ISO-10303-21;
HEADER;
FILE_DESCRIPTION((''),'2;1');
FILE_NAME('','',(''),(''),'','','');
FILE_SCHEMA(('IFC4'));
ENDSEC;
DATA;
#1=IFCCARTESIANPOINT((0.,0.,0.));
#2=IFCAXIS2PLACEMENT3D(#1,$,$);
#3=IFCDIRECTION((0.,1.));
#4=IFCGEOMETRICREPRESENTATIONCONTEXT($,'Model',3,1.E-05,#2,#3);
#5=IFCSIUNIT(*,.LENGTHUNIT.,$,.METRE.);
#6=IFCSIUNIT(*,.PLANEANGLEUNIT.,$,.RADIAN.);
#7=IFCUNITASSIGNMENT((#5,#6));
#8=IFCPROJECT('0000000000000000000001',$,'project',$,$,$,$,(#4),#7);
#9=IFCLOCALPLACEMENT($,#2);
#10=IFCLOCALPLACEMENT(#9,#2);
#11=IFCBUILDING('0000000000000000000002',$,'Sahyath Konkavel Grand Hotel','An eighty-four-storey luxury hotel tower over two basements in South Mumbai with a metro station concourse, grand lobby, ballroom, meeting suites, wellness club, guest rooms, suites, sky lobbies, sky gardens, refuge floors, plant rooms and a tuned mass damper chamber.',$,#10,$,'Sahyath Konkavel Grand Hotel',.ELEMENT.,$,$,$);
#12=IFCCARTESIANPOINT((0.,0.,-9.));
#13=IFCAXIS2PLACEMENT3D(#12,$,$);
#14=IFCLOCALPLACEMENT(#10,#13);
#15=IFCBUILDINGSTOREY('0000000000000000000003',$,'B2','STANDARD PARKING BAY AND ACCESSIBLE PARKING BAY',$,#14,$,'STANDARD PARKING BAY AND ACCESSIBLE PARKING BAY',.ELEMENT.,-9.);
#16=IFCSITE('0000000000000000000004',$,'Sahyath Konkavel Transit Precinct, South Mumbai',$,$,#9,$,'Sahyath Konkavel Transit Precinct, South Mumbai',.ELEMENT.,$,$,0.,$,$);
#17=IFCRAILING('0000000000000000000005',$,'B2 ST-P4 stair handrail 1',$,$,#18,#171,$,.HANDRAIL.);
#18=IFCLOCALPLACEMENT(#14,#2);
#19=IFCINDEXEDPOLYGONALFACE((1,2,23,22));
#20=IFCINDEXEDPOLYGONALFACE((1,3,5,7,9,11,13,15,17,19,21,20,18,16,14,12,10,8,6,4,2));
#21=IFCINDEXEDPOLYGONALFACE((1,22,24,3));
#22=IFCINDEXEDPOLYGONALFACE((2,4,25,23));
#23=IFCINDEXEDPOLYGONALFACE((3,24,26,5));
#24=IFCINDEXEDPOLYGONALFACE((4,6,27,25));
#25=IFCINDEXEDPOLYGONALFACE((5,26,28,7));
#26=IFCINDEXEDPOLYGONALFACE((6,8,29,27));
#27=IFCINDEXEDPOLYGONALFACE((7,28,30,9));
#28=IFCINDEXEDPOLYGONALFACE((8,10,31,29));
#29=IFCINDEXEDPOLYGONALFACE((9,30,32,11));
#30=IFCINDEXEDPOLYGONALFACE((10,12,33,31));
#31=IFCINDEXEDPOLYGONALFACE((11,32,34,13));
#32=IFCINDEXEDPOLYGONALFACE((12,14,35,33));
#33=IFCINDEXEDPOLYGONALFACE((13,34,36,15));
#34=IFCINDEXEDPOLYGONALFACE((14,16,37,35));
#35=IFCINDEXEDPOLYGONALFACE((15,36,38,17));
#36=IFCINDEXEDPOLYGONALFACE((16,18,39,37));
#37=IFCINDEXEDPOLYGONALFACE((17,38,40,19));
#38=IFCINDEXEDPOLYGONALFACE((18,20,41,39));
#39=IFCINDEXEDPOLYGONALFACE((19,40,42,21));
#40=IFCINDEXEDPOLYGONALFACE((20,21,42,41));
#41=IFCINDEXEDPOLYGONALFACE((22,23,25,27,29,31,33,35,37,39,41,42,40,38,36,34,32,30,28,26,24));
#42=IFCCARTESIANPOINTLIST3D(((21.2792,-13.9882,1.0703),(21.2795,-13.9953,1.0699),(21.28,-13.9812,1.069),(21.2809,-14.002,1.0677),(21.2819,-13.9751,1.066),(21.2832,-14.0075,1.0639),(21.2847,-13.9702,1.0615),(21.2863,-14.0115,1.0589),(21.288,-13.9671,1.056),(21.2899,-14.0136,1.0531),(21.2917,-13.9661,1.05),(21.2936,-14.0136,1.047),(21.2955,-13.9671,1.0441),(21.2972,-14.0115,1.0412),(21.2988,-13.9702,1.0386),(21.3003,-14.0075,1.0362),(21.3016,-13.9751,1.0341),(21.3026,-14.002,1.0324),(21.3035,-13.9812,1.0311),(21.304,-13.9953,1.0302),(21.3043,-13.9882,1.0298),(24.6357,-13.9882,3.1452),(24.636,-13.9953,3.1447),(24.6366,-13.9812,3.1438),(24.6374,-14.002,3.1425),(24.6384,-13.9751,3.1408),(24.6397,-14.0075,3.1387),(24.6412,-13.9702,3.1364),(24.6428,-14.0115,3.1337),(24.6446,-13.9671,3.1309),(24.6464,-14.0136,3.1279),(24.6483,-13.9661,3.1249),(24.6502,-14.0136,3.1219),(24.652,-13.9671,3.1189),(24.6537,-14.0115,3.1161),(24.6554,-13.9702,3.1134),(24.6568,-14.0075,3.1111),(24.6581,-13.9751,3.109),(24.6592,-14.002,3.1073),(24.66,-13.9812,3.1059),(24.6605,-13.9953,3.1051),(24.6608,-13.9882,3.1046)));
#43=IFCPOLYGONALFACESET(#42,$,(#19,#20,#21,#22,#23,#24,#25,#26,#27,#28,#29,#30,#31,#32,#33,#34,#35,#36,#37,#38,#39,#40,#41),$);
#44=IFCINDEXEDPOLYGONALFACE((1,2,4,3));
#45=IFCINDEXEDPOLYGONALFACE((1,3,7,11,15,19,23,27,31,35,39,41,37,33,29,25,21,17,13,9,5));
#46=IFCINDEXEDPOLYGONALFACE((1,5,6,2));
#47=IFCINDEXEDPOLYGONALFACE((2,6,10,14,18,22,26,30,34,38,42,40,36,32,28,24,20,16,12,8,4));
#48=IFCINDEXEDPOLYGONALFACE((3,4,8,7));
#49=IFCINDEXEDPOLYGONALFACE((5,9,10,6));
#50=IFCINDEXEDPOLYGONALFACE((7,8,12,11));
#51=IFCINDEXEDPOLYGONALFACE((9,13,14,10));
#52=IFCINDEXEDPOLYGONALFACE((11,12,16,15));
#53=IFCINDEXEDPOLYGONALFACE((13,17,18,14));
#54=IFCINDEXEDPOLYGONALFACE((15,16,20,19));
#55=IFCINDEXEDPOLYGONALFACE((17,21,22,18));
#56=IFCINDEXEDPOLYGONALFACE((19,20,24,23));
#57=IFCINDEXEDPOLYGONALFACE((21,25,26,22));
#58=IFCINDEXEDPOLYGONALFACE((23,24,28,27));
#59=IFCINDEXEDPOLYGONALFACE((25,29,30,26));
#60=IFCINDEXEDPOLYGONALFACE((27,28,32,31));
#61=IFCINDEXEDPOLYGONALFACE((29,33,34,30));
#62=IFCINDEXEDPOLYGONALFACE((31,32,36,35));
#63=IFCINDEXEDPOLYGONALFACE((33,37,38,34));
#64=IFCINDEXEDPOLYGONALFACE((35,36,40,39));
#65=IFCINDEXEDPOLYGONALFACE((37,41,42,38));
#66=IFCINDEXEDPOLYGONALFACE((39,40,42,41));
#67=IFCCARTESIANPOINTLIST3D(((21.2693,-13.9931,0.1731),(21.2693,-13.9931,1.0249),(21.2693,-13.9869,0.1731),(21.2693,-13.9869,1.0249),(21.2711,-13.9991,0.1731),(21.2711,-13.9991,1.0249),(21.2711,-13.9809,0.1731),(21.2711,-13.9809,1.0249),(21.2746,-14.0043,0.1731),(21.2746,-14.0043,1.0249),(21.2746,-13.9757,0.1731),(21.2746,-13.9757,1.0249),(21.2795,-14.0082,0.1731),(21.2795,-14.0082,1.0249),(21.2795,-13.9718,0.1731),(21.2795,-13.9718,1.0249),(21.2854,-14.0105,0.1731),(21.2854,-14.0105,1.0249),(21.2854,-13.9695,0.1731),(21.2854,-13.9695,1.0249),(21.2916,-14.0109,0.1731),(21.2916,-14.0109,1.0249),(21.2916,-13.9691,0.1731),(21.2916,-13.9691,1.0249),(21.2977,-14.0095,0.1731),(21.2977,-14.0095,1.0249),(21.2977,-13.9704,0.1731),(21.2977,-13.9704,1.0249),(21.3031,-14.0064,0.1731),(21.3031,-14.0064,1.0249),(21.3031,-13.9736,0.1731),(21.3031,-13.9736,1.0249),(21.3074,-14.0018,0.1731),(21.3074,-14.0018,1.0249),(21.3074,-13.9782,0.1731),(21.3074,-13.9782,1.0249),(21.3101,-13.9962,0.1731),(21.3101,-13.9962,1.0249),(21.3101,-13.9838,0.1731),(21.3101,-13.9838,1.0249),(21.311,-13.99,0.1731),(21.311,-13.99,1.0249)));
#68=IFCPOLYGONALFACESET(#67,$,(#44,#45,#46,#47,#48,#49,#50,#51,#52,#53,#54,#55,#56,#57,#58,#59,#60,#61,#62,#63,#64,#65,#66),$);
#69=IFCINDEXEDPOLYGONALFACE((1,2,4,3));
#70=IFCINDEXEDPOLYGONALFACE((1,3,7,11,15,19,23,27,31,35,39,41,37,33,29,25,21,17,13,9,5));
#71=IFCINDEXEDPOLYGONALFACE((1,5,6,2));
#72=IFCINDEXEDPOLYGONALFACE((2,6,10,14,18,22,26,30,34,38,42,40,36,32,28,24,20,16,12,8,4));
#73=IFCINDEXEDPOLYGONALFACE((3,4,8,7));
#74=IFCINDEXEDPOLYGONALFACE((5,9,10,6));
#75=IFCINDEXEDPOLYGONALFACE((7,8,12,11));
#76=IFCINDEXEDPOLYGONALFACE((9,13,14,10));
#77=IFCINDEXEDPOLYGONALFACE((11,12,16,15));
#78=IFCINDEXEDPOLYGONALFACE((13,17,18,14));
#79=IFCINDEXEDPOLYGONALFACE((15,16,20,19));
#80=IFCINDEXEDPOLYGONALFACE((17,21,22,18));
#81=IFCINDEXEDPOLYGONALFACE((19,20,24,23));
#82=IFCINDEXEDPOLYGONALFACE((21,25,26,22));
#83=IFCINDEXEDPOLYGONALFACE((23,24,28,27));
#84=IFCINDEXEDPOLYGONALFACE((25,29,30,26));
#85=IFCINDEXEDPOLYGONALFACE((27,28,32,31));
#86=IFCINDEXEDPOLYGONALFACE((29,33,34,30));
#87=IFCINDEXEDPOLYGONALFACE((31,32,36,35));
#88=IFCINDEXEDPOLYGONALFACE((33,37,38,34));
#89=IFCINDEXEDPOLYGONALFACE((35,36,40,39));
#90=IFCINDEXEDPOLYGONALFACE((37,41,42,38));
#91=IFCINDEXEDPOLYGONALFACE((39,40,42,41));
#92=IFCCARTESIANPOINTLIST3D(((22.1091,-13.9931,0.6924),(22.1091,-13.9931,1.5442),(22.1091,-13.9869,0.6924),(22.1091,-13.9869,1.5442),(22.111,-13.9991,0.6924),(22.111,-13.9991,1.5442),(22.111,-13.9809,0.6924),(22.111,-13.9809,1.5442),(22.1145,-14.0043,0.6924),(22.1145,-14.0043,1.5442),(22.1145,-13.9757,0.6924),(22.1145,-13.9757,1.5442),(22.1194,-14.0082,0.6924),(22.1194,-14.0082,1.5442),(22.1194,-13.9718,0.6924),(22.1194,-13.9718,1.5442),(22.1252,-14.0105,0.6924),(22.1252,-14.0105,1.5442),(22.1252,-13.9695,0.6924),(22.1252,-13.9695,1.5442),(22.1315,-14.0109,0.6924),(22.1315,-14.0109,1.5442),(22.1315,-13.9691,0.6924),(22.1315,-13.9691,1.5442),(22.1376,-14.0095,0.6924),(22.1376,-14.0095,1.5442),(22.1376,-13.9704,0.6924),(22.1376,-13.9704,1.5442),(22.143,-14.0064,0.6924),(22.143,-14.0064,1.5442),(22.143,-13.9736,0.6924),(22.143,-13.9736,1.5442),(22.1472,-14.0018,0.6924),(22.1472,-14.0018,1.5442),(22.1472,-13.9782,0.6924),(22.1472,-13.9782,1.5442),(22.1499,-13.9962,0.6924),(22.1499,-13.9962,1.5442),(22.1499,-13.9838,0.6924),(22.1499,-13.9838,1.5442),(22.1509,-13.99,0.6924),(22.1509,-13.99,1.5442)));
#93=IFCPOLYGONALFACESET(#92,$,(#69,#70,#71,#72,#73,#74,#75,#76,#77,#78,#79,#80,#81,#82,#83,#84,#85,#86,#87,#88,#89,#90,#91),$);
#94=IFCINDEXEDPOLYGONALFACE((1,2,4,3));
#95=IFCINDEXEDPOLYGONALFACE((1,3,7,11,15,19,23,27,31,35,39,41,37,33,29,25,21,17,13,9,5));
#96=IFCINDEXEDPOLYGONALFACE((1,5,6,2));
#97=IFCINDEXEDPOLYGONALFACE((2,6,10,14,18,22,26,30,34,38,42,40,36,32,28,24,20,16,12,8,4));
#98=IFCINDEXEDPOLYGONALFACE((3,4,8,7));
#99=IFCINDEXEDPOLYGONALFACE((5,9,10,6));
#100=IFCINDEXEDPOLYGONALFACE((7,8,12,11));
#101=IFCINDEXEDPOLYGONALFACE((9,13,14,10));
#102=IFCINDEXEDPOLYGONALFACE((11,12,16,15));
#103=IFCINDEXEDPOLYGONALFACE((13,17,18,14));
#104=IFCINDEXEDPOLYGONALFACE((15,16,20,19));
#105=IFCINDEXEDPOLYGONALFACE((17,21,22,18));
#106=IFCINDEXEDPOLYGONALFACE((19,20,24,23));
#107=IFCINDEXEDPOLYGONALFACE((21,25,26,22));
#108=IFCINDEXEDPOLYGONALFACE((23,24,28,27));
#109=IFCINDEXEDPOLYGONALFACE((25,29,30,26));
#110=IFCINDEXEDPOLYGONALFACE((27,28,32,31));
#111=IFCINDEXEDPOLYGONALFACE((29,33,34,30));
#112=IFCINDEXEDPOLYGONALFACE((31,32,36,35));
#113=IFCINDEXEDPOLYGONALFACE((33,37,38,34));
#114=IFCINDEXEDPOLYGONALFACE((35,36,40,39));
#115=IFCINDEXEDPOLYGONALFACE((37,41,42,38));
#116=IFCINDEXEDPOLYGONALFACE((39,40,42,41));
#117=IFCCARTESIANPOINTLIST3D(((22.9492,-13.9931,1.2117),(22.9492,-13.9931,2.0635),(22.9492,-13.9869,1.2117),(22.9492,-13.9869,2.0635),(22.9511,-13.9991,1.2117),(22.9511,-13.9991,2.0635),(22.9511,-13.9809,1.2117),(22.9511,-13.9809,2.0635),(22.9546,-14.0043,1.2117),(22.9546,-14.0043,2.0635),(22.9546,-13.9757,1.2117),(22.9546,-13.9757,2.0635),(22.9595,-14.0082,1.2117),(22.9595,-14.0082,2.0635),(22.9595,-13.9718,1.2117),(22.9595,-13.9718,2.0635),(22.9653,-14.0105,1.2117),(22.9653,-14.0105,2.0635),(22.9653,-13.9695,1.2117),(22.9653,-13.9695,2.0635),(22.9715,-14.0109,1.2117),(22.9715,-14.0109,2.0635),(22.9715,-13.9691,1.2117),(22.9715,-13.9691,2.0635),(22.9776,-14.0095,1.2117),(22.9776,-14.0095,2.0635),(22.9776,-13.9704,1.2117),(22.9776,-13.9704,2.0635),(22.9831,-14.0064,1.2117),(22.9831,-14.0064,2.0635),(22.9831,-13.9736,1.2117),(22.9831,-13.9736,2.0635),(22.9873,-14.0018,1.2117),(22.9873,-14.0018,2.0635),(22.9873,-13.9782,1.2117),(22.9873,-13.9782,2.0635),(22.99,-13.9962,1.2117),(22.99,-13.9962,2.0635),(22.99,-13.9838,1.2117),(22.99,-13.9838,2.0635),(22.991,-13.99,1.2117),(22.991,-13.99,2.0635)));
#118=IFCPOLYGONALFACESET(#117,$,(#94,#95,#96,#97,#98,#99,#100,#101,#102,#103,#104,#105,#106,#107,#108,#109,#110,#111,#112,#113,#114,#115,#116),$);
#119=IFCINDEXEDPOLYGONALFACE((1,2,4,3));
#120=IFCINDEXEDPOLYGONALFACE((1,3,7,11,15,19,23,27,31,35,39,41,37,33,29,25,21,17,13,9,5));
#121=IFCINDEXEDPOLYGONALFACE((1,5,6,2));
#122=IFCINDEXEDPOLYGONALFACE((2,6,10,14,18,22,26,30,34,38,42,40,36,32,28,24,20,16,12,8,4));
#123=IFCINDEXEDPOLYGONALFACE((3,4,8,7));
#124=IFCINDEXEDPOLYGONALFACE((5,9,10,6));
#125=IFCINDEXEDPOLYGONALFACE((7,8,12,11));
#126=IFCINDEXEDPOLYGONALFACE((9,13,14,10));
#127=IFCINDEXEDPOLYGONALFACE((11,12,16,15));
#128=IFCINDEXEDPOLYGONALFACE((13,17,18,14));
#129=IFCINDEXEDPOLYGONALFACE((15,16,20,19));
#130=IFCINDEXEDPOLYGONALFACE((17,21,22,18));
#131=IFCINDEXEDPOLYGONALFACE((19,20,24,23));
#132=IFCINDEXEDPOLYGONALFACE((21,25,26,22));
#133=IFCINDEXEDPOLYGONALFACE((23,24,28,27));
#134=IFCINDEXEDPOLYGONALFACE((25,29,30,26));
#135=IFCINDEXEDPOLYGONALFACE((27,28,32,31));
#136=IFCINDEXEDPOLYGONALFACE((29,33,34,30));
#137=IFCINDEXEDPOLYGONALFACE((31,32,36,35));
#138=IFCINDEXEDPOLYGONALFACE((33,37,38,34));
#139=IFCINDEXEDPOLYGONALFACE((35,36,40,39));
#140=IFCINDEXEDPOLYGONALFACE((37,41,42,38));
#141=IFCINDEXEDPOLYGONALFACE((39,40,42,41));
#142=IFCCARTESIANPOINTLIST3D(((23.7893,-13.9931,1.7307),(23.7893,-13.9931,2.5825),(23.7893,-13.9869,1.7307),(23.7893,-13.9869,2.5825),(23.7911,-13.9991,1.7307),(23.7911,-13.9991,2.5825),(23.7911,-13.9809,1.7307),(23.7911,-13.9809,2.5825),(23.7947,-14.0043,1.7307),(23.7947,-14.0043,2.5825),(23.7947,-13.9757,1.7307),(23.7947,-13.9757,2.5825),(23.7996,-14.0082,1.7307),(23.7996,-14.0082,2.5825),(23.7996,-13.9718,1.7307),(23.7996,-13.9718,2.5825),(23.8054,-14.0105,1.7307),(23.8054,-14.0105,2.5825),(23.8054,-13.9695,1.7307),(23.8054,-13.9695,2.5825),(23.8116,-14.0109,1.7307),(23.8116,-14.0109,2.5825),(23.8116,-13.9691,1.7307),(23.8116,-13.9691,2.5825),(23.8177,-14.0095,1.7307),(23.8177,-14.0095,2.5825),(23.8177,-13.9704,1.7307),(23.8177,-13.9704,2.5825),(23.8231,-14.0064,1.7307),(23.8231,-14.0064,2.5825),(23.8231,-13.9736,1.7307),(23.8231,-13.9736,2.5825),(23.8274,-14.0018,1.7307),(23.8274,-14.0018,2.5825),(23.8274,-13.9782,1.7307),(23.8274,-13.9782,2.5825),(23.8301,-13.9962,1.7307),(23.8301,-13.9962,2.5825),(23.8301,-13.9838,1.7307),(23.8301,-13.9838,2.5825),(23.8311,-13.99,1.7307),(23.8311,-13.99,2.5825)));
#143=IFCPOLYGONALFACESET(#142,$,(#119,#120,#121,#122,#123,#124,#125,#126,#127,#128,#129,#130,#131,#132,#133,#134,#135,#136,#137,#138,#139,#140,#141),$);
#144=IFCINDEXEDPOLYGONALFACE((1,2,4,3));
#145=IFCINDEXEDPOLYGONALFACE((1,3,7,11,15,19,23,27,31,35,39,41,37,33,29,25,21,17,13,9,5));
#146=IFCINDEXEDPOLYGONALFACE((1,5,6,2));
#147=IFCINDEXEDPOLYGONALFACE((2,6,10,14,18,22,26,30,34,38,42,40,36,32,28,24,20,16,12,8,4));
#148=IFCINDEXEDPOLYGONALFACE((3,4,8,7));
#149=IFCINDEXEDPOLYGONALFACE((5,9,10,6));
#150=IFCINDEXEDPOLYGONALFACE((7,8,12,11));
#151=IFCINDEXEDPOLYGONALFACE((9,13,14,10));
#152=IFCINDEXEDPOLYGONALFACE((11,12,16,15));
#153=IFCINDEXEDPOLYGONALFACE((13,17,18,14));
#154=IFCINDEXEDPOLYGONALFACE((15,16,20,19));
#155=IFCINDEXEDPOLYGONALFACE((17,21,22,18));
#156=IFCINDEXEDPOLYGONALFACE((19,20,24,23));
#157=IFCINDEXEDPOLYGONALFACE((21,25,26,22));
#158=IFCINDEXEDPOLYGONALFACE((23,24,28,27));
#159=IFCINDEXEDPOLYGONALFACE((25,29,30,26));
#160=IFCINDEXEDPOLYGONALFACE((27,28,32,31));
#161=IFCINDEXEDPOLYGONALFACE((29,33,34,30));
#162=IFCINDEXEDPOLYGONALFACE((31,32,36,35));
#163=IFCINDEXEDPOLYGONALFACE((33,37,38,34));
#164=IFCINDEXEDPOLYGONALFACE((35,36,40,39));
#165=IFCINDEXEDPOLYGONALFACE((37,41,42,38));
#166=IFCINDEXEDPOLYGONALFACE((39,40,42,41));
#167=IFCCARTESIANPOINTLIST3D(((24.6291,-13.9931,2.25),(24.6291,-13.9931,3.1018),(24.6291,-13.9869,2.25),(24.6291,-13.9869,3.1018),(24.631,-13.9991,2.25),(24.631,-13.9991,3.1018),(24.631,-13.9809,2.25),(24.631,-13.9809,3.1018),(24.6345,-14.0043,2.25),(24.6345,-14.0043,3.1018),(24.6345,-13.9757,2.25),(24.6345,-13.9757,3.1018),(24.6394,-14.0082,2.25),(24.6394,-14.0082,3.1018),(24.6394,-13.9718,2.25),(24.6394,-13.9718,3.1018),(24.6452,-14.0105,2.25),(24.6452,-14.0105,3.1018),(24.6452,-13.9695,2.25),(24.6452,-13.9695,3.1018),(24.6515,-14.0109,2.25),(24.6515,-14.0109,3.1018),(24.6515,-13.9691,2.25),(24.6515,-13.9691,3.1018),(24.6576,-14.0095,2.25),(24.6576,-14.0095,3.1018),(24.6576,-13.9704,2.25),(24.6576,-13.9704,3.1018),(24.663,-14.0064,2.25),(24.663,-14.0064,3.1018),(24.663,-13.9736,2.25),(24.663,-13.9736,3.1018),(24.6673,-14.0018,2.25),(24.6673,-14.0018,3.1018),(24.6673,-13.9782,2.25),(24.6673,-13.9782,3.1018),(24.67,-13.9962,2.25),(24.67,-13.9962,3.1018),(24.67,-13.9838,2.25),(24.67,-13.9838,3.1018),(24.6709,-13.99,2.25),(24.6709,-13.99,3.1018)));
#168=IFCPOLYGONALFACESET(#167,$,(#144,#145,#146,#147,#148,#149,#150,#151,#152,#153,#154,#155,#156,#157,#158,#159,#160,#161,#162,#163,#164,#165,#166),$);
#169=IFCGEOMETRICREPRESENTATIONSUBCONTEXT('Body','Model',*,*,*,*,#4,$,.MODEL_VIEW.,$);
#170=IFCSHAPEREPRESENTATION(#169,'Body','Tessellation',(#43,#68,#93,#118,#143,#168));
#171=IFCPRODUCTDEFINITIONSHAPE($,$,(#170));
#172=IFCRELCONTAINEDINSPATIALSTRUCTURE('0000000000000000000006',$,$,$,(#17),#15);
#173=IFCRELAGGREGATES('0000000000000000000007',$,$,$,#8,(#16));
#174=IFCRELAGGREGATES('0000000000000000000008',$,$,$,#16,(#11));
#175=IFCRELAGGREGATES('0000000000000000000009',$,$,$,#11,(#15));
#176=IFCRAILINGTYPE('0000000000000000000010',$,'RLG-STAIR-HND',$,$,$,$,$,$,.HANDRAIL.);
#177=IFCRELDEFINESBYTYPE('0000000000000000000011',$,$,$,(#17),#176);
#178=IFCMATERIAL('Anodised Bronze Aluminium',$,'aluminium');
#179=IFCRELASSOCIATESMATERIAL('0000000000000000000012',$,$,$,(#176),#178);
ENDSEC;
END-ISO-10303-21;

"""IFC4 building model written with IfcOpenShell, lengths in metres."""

from ifc_helpers import new_model, si_unit, direction, frame, origin, origin_2d, place, context, subcontext, project, spatial, circle, extrude, material, type_object, element, save


model = new_model("IFC4")

# Units and contexts
model_context = context("Model", 3, precision=1e-05, world=origin(), true_north=direction((0.0, 1.0)))
body_context = subcontext(model_context, "Body", "Model", "MODEL_VIEW")
ifc_project = project(units=[si_unit("LENGTHUNIT", "METRE"), si_unit("PLANEANGLEUNIT", "RADIAN")], contexts=[model_context])

# Site, building, storey
site_placement = place(None, origin())
site = spatial("IfcSite", under=ifc_project, at=site_placement, Name="Sahyath Konkavel Transit Precinct, South Mumbai", LongName="Sahyath Konkavel Transit Precinct, South Mumbai", CompositionType="ELEMENT", RefElevation=0.0)
building_placement = place(site_placement, origin())
building = spatial("IfcBuilding", under=site, at=building_placement, Name="Sahyath Konkavel Grand Hotel", Description="An eighty-four-storey luxury hotel tower over two basements in South Mumbai with a metro station concourse, grand lobby, ballroom, meeting suites, wellness club, guest rooms, suites, sky lobbies, sky gardens, refuge floors, plant rooms and a tuned mass damper chamber.", LongName="Sahyath Konkavel Grand Hotel", CompositionType="ELEMENT")
storey_placement = place(building_placement, frame((0.0, 0.0, -9.0)))
storey = spatial("IfcBuildingStorey", under=building, at=storey_placement, Name="B2", Description="STANDARD PARKING BAY AND ACCESSIBLE PARKING BAY", LongName="STANDARD PARKING BAY AND ACCESSIBLE PARKING BAY", CompositionType="ELEMENT", Elevation=-9.0)

# Railing
ifc_material_1 = material(Name="Anodised Bronze Aluminium", Category="aluminium")
railing_type_1 = type_object("IfcRailingType", Name="RLG-STAIR-HND", PredefinedType="HANDRAIL", material=ifc_material_1)
railing_1_placement = place(storey_placement, frame((21.29, -13.99, 0.1731)))
element("IfcRailing", 1, at=railing_1_placement, inside=storey, type_object=railing_type_1, Name="B2 ST-P4 stair handrail 1", PredefinedType="HANDRAIL", context=body_context, shape_type="SweptSolid", body=[
    extrude(circle(Radius=0.0239, at=origin_2d()), frame((0.0017, 0.0, 0.877), z_axis=(0.850606, 0.0, 0.525803), x_axis=(0.0, 1.0, 0.0)), (0.0, 0.0, 1.0), 3.946),
    extrude(circle(Radius=0.021, at=origin_2d()), origin(), (0.0, 0.0, 1.0), 0.8518),
    extrude(circle(Radius=0.021, at=origin_2d()), frame((0.8398, 0.0, 0.5193)), (0.0, 0.0, 1.0), 0.8518),
    extrude(circle(Radius=0.021, at=origin_2d()), frame((1.6799, 0.0, 1.0386)), (0.0, 0.0, 1.0), 0.8518),
    extrude(circle(Radius=0.021, at=origin_2d()), frame((2.52, 0.0, 1.5576)), (0.0, 0.0, 1.0), 0.8518),
    extrude(circle(Radius=0.021, at=origin_2d()), frame((3.3599, 0.0, 2.0769)), (0.0, 0.0, 1.0), 0.8518),
])

save(model, "model.ifc")
